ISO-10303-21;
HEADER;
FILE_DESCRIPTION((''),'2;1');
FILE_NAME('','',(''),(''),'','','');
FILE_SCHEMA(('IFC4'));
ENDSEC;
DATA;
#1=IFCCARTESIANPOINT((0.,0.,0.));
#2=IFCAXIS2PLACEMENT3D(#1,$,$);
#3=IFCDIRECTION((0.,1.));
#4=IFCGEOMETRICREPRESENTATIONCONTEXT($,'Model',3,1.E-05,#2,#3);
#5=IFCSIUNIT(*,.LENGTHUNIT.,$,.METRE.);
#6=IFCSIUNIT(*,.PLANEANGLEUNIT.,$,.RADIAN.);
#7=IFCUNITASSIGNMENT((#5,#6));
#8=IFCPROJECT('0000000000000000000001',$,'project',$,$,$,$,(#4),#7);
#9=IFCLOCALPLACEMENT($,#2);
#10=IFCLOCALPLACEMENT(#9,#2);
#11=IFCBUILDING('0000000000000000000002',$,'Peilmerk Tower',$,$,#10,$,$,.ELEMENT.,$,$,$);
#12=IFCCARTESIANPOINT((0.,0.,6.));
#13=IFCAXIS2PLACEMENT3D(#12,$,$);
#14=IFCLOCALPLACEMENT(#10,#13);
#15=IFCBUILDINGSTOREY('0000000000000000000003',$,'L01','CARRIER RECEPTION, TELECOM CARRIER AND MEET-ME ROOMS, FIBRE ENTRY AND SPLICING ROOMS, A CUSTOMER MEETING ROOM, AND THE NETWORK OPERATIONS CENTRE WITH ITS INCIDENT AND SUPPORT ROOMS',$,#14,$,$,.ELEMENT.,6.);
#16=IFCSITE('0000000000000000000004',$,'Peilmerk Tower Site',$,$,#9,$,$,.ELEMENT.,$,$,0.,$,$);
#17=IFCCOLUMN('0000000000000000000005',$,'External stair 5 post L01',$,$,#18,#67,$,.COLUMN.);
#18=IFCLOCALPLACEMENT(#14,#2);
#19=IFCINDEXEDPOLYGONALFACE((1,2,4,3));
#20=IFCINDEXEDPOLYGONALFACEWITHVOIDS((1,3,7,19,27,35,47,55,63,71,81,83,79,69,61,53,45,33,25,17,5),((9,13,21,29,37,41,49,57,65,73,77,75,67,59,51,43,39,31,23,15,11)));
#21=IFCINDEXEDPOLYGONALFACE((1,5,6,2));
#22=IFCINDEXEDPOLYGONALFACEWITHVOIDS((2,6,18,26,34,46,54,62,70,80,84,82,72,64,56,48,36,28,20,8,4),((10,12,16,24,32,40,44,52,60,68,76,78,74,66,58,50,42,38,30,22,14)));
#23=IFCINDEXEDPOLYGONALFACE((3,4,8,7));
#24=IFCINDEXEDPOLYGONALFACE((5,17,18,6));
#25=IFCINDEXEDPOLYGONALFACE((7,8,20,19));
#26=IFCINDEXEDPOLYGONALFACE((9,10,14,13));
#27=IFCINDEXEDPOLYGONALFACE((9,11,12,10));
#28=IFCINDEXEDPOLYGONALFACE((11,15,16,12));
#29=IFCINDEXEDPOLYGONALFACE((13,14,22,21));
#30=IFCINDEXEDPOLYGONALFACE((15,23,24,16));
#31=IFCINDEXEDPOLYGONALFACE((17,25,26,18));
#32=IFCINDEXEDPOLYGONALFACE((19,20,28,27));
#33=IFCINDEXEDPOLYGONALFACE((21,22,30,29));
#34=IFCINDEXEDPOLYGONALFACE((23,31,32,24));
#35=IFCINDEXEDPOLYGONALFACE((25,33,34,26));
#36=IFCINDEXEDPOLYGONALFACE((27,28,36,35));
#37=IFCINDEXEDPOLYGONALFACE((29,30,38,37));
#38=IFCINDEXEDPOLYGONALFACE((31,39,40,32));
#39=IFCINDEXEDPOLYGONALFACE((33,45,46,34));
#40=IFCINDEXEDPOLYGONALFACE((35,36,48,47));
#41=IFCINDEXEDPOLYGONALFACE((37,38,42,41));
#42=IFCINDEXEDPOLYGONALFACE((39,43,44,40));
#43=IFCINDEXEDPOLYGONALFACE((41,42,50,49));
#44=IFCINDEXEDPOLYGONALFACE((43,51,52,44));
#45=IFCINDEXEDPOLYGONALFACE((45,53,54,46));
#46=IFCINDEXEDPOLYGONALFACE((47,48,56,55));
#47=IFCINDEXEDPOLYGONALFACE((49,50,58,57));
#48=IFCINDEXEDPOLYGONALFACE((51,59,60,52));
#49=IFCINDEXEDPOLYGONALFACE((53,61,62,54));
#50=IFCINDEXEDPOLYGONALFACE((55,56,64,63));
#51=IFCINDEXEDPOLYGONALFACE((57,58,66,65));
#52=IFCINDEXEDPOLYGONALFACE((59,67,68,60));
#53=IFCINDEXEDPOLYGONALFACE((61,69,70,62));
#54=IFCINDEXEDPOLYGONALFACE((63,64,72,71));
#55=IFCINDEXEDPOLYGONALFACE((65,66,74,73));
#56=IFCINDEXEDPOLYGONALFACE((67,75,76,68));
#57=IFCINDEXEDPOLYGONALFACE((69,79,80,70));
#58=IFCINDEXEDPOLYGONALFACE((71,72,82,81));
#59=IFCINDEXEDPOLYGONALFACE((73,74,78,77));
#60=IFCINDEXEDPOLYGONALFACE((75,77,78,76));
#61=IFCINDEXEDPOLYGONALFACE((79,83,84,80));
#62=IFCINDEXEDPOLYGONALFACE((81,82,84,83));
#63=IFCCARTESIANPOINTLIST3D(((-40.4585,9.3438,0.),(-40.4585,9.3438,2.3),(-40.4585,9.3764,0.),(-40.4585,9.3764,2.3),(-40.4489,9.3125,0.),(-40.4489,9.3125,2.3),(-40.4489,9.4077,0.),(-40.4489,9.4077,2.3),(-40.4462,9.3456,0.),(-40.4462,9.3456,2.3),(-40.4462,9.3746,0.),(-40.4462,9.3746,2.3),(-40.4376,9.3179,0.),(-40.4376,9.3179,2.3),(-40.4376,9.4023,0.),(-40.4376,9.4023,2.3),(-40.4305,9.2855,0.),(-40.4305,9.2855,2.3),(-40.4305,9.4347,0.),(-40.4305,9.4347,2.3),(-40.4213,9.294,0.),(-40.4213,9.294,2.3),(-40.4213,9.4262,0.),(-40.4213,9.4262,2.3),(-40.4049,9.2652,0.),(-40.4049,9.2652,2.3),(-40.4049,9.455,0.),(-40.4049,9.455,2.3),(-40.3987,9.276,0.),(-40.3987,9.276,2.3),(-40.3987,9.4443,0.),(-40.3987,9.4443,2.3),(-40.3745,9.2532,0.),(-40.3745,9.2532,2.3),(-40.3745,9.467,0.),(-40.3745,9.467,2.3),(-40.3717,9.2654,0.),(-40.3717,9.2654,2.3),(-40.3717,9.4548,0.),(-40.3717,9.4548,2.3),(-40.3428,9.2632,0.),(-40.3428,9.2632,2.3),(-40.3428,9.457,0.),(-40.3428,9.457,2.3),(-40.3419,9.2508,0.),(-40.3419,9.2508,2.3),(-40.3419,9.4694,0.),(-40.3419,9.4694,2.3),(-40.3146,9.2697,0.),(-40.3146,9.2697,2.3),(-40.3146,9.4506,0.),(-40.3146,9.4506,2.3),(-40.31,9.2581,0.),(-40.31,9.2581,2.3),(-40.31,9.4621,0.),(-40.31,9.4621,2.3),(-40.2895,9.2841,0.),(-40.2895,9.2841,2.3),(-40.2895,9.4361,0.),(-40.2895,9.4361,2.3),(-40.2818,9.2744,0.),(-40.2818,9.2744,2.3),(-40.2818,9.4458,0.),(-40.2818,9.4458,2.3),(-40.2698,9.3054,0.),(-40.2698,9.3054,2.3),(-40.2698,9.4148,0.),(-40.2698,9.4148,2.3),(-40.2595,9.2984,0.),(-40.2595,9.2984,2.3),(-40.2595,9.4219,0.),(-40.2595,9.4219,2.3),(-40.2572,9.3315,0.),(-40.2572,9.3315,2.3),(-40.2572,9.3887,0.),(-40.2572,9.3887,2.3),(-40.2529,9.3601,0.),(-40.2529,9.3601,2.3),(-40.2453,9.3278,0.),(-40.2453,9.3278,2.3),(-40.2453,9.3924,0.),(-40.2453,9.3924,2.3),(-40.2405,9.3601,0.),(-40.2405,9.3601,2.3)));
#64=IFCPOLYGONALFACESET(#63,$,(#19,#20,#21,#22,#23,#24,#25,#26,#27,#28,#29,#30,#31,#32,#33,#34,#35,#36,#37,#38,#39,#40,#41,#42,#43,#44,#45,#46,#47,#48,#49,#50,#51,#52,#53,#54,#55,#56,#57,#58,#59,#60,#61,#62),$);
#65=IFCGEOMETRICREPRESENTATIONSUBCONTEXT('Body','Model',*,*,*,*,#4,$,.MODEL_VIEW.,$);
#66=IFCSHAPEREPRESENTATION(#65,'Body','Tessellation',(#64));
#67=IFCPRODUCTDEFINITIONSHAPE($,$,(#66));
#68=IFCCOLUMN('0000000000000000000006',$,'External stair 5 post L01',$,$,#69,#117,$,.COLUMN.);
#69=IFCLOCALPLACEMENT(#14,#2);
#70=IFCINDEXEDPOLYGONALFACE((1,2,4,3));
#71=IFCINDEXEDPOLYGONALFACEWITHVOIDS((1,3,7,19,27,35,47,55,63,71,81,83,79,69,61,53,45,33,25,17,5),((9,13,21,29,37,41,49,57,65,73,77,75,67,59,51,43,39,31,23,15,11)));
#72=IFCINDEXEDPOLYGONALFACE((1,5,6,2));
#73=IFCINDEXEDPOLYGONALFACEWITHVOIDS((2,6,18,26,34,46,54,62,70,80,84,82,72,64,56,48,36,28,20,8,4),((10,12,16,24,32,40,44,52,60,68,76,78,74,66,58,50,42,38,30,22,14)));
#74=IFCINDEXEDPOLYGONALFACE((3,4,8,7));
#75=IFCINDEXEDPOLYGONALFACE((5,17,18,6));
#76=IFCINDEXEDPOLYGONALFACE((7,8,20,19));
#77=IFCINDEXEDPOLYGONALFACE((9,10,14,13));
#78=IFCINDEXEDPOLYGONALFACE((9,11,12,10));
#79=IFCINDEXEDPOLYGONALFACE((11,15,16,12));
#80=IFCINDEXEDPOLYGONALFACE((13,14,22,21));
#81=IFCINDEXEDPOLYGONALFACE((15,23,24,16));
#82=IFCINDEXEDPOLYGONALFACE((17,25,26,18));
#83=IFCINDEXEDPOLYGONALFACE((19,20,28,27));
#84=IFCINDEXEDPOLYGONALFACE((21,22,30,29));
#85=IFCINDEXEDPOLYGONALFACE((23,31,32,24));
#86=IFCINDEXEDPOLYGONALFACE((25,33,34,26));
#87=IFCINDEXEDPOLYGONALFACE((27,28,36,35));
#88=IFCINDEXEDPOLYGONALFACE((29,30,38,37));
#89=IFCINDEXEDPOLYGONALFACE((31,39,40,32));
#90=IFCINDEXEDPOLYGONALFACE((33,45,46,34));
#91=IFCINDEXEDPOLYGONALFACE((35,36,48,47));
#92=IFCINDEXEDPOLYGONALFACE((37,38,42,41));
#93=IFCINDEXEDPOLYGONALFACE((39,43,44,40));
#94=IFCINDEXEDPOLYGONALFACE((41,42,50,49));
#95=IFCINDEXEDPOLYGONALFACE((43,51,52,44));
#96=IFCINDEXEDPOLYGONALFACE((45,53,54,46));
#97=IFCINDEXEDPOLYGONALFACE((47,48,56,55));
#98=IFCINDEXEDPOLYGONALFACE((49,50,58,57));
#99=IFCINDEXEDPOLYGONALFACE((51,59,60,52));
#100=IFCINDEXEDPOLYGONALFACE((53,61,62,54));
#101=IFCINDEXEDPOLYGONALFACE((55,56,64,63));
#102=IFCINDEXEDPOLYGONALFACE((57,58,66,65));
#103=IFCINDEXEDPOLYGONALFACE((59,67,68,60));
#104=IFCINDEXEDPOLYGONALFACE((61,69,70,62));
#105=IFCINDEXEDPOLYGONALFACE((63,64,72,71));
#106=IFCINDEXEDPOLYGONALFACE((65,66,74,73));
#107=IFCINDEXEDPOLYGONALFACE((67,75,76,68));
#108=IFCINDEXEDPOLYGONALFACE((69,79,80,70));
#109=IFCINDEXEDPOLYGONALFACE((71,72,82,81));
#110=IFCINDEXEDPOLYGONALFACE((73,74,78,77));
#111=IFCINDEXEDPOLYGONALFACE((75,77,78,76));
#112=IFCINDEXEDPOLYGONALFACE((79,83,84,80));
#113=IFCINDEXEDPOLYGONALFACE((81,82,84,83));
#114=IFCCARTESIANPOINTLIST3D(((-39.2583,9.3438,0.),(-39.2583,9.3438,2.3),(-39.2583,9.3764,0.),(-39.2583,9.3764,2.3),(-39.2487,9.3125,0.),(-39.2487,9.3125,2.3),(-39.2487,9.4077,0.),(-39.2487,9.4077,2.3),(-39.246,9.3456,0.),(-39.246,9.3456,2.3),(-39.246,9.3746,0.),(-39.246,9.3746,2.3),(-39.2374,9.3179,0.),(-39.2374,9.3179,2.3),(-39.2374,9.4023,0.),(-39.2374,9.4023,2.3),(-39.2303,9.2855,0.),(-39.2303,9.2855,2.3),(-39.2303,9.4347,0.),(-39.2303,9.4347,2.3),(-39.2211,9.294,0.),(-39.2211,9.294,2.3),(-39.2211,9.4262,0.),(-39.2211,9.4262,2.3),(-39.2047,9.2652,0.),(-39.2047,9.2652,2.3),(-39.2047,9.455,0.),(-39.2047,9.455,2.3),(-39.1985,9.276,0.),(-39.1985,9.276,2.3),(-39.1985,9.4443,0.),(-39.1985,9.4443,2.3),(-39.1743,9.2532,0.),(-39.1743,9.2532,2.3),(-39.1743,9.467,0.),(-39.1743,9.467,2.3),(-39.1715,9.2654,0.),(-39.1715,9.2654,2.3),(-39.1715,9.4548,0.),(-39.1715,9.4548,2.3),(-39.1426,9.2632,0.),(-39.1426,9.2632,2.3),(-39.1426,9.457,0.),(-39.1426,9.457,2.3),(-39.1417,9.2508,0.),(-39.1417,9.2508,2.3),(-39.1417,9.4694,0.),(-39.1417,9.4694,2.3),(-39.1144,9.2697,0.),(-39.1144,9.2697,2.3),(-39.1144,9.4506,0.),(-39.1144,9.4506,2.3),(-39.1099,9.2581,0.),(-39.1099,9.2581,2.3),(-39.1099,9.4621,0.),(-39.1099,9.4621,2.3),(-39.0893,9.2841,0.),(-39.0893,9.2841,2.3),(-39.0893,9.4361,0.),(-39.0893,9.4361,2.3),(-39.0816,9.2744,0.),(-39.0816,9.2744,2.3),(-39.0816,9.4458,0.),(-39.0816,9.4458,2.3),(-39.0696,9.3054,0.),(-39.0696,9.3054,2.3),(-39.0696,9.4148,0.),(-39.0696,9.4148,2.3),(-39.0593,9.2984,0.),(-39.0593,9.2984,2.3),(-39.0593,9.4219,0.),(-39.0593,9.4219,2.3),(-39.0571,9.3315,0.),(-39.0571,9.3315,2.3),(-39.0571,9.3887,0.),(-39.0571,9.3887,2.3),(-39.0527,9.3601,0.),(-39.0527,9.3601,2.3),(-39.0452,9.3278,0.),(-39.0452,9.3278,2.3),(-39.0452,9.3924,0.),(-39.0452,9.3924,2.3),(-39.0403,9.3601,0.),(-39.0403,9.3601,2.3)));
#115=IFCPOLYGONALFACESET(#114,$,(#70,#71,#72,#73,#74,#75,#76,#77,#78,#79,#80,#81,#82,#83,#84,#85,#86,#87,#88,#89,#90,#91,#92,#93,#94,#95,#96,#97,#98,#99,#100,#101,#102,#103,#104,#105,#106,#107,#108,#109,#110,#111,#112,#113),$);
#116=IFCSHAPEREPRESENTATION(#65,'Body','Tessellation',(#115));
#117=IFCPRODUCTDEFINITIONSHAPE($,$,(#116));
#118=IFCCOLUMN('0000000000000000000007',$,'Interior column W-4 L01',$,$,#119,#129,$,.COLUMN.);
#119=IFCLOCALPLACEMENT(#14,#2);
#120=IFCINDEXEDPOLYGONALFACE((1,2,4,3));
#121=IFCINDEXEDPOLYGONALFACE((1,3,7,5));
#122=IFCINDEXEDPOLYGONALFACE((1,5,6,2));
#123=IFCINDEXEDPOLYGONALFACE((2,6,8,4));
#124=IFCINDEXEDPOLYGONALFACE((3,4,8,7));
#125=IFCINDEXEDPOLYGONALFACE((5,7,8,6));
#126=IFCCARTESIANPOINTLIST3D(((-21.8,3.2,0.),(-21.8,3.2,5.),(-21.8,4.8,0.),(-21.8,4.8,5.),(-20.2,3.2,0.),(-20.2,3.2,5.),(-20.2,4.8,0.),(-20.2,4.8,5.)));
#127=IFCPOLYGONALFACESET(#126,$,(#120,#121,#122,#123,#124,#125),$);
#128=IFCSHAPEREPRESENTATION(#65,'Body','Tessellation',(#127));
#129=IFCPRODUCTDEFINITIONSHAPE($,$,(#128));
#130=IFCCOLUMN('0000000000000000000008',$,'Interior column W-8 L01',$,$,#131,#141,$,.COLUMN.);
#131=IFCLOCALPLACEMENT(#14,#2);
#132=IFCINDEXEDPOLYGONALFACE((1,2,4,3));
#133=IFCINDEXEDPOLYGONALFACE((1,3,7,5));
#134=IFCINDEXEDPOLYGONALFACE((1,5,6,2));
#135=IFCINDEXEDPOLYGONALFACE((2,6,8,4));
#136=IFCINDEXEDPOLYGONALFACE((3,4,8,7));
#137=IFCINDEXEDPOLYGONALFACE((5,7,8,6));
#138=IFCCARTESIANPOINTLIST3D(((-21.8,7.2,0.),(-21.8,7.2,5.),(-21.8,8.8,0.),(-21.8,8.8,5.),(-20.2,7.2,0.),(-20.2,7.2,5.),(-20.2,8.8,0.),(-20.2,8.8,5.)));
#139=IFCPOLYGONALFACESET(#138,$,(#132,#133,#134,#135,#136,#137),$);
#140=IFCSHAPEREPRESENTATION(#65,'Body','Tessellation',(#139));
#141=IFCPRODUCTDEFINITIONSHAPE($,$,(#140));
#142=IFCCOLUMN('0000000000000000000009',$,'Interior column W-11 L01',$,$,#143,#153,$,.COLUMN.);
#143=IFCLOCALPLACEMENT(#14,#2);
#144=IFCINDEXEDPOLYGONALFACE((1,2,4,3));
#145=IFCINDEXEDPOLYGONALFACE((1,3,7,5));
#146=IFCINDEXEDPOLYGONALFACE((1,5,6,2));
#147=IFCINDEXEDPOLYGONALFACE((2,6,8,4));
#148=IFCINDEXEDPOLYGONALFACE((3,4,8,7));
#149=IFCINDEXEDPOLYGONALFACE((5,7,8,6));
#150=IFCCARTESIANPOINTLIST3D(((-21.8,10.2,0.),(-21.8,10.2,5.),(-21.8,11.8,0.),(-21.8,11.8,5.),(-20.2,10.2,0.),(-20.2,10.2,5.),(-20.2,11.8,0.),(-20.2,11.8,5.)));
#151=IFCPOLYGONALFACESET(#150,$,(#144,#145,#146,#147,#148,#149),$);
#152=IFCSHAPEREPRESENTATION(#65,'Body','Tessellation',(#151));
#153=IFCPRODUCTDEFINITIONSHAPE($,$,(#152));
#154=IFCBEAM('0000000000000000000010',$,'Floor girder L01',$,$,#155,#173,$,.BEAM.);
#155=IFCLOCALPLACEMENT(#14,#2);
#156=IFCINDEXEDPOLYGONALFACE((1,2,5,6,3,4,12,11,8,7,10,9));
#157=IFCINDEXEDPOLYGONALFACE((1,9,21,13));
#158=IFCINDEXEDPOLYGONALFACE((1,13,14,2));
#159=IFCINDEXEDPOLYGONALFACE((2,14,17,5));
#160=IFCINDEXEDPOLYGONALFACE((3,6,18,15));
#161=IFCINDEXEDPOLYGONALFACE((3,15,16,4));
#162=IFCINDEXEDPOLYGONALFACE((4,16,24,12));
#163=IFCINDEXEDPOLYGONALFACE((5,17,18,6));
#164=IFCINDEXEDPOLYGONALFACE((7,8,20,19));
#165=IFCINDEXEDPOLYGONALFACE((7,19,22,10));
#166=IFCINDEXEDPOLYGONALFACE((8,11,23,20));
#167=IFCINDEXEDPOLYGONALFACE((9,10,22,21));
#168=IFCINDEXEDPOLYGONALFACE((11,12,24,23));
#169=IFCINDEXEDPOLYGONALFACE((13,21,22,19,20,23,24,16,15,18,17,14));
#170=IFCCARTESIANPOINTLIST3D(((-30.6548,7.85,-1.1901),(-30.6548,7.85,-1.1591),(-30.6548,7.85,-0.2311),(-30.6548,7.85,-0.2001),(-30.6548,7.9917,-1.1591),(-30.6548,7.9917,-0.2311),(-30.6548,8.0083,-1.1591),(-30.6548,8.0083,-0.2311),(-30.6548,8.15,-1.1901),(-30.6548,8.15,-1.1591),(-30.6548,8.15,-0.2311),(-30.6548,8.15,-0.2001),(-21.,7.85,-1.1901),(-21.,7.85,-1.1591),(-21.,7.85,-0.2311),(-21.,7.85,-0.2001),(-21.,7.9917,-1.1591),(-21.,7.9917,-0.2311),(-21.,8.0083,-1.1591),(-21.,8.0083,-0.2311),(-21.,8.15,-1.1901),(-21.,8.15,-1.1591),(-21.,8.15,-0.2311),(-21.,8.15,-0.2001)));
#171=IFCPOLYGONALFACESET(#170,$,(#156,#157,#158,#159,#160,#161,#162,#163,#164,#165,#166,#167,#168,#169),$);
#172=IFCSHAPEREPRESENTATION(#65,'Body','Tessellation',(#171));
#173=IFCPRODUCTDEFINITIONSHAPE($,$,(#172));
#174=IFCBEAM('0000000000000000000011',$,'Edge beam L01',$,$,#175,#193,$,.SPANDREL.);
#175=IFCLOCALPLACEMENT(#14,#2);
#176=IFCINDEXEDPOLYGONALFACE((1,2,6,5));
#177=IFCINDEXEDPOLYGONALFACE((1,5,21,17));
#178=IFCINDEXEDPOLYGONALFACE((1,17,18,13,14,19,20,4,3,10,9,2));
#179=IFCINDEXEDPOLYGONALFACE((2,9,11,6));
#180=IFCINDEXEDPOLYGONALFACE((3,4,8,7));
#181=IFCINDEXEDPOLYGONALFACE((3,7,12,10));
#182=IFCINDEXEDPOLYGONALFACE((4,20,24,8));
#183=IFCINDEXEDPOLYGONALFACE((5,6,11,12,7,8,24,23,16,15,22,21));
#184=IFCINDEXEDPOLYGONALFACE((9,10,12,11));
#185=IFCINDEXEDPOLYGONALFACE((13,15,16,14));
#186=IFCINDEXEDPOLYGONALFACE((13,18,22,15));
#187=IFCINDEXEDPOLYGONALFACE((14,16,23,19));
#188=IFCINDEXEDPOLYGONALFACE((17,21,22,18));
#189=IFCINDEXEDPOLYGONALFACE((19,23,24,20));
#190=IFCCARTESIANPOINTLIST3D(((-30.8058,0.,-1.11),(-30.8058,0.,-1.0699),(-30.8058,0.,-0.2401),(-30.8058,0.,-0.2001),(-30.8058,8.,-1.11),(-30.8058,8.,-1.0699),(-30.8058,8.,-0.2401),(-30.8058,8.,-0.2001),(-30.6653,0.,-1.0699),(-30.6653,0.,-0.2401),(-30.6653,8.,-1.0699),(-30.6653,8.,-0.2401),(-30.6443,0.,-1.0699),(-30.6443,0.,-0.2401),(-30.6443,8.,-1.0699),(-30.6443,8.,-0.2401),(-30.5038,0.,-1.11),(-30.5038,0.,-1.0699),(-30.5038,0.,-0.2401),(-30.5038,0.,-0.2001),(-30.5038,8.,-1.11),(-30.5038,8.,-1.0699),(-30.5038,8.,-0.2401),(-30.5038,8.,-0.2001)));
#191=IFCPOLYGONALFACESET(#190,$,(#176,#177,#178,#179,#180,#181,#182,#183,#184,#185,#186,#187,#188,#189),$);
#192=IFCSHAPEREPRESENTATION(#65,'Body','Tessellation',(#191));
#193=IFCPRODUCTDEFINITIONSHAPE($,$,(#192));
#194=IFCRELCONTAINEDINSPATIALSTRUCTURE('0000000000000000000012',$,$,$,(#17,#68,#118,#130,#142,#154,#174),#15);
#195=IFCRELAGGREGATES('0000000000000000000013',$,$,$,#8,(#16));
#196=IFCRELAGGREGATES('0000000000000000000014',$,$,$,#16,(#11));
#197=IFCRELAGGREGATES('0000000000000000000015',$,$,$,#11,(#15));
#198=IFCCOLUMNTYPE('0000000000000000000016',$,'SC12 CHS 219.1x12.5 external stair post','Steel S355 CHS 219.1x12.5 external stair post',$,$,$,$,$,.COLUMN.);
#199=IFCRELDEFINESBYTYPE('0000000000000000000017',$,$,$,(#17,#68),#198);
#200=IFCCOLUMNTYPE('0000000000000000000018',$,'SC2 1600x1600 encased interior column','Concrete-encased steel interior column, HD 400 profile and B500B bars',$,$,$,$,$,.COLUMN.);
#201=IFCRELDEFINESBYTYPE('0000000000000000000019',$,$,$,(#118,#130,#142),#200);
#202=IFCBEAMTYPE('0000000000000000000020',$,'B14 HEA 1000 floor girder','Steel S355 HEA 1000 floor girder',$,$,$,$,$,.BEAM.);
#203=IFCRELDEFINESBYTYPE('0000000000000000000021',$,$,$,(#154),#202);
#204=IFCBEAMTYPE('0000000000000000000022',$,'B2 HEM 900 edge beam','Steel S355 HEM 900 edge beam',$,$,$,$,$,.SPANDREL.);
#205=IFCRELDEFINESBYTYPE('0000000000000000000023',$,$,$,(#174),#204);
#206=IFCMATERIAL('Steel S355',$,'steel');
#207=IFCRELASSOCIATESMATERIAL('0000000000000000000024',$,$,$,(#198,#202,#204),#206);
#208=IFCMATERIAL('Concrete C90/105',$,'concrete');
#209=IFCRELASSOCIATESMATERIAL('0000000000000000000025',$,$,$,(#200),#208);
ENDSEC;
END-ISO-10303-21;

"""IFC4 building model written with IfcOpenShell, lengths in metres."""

from ifc_helpers import new_model, si_unit, direction, frame, origin, origin_2d, place, context, subcontext, project, spatial, rectangle, hollow_circle, i_section, extrude, material, material_profile, profile_set, type_object, element, save


model = new_model("IFC4")

# Units and contexts
model_context = context("Model", 3, precision=1e-05, world=origin(), true_north=direction((0.0, 1.0)))
body_context = subcontext(model_context, "Body", "Model", "MODEL_VIEW")
ifc_project = project(units=[si_unit("LENGTHUNIT", "METRE"), si_unit("PLANEANGLEUNIT", "RADIAN")], contexts=[model_context])

# Site, building, storey
site_placement = place(None, origin())
site = spatial("IfcSite", under=ifc_project, at=site_placement, Name="Peilmerk Tower Site", CompositionType="ELEMENT", RefElevation=0.0)
building_placement = place(site_placement, origin())
building = spatial("IfcBuilding", under=site, at=building_placement, Name="Peilmerk Tower", CompositionType="ELEMENT")
storey_placement = place(building_placement, frame((0.0, 0.0, 6.0)))
storey = spatial("IfcBuildingStorey", under=building, at=storey_placement, Name="L01", Description="CARRIER RECEPTION, TELECOM CARRIER AND MEET-ME ROOMS, FIBRE ENTRY AND SPLICING ROOMS, A CUSTOMER MEETING ROOM, AND THE NETWORK OPERATIONS CENTRE WITH ITS INCIDENT AND SUPPORT ROOMS", CompositionType="ELEMENT", Elevation=6.0)

# Columns
ifc_material_1 = material(Name="Concrete C90/105", Category="concrete")
ifc_material_2 = material(Name="Steel S355", Category="steel")
ifc_material_profile_1 = material_profile(ifc_material_2, hollow_circle(Radius=0.1096, WallThickness=0.0125, at=origin_2d()), Name="CHS 219.1x12.5")
ifc_profile_set_1 = profile_set([ifc_material_profile_1], Name="Steel S355")
column_type_1 = type_object("IfcColumnType", Name="SC12 CHS 219.1x12.5 external stair post", Description="Steel S355 CHS 219.1x12.5 external stair post", PredefinedType="COLUMN", material=ifc_profile_set_1)
for number, where, z_axis, x_axis, name in (
    (1, (-40.3501, 9.3601, 0.0), (0.0, 0.0, 1.0), (1.0, 0.0, 0.0), "External stair 5 post L01"),
    (2, (-39.1499, 9.3601, 0.0), (0.0, 0.0, 1.0), (1.0, 0.0, 0.0), "External stair 5 post L01"),
):
    element("IfcColumn", number, at=place(storey_placement, frame(where, z_axis=z_axis, x_axis=x_axis)), inside=storey, type_object=column_type_1, Name=name, PredefinedType="COLUMN", context=body_context, shape_type="SweptSolid", body=[
        extrude(hollow_circle(Radius=0.1096, WallThickness=0.0125, at=origin_2d()), origin(), (0.0, 0.0, 1.0), 2.3),
    ])
ifc_material_profile_2 = material_profile(ifc_material_1, rectangle(XDim=1.6001, YDim=1.6001, at=origin_2d()), Name="RC 1600x1600")
ifc_profile_set_2 = profile_set([ifc_material_profile_2], Name="Concrete C90/105")
column_type_2 = type_object("IfcColumnType", Name="SC2 1600x1600 encased interior column", Description="Concrete-encased steel interior column, HD 400 profile and B500B bars", PredefinedType="COLUMN", material=ifc_profile_set_2)
for number, where, z_axis, x_axis, name in (
    (3, (-21.0, 4.0, 0.0), (0.0, 0.0, 1.0), (1.0, 0.0, 0.0), "Interior column W-4 L01"),
    (4, (-21.0, 8.0, 0.0), (0.0, 0.0, 1.0), (1.0, 0.0, 0.0), "Interior column W-8 L01"),
    (5, (-21.0, 11.0, 0.0), (0.0, 0.0, 1.0), (1.0, 0.0, 0.0), "Interior column W-11 L01"),
):
    element("IfcColumn", number, at=place(storey_placement, frame(where, z_axis=z_axis, x_axis=x_axis)), inside=storey, type_object=column_type_2, Name=name, PredefinedType="COLUMN", context=body_context, shape_type="SweptSolid", body=[
        extrude(rectangle(XDim=1.6001, YDim=1.6001, at=origin_2d()), origin(), (0.0, 0.0, 1.0), 5.0),
    ])

# Beams
ifc_material_profile_3 = material_profile(ifc_material_2, i_section(OverallWidth=0.3, OverallDepth=0.99, WebThickness=0.0166, FlangeThickness=0.031, at=origin_2d()), Name="HEA 1000")
ifc_profile_set_3 = profile_set([ifc_material_profile_3], Name="Steel S355")
beam_type_1 = type_object("IfcBeamType", Name="B14 HEA 1000 floor girder", Description="Steel S355 HEA 1000 floor girder", PredefinedType="BEAM", material=ifc_profile_set_3)
beam_1_placement = place(storey_placement, frame((-21.0, 8.0, -0.6951), z_axis=(-1.0, 0.0, 0.0), x_axis=(0.0, -1.0, 0.0)))
element("IfcBeam", 6, at=beam_1_placement, inside=storey, type_object=beam_type_1, Name="Floor girder L01", PredefinedType="BEAM", context=body_context, shape_type="SweptSolid", body=[
    extrude(i_section(OverallWidth=0.3, OverallDepth=0.99, WebThickness=0.0166, FlangeThickness=0.031, at=origin_2d()), origin(), (0.0, 0.0, 1.0), 9.6548),
])
ifc_material_profile_4 = material_profile(ifc_material_2, i_section(OverallWidth=0.302, OverallDepth=0.9099, WebThickness=0.021, FlangeThickness=0.04, at=origin_2d()), Name="HEM 900")
ifc_profile_set_4 = profile_set([ifc_material_profile_4], Name="Steel S355")
beam_type_2 = type_object("IfcBeamType", Name="B2 HEM 900 edge beam", Description="Steel S355 HEM 900 edge beam", PredefinedType="SPANDREL", material=ifc_profile_set_4)
beam_2_placement = place(storey_placement, frame((-30.6548, 8.0, -0.655), z_axis=(0.0, -1.0, 0.0), x_axis=(1.0, 0.0, 0.0)))
element("IfcBeam", 7, at=beam_2_placement, inside=storey, type_object=beam_type_2, Name="Edge beam L01", PredefinedType="SPANDREL", context=body_context, shape_type="SweptSolid", body=[
    extrude(i_section(OverallWidth=0.302, OverallDepth=0.9099, WebThickness=0.021, FlangeThickness=0.04, at=origin_2d()), origin(), (0.0, 0.0, 1.0), 8.0),
])

save(model, "model.ifc")
